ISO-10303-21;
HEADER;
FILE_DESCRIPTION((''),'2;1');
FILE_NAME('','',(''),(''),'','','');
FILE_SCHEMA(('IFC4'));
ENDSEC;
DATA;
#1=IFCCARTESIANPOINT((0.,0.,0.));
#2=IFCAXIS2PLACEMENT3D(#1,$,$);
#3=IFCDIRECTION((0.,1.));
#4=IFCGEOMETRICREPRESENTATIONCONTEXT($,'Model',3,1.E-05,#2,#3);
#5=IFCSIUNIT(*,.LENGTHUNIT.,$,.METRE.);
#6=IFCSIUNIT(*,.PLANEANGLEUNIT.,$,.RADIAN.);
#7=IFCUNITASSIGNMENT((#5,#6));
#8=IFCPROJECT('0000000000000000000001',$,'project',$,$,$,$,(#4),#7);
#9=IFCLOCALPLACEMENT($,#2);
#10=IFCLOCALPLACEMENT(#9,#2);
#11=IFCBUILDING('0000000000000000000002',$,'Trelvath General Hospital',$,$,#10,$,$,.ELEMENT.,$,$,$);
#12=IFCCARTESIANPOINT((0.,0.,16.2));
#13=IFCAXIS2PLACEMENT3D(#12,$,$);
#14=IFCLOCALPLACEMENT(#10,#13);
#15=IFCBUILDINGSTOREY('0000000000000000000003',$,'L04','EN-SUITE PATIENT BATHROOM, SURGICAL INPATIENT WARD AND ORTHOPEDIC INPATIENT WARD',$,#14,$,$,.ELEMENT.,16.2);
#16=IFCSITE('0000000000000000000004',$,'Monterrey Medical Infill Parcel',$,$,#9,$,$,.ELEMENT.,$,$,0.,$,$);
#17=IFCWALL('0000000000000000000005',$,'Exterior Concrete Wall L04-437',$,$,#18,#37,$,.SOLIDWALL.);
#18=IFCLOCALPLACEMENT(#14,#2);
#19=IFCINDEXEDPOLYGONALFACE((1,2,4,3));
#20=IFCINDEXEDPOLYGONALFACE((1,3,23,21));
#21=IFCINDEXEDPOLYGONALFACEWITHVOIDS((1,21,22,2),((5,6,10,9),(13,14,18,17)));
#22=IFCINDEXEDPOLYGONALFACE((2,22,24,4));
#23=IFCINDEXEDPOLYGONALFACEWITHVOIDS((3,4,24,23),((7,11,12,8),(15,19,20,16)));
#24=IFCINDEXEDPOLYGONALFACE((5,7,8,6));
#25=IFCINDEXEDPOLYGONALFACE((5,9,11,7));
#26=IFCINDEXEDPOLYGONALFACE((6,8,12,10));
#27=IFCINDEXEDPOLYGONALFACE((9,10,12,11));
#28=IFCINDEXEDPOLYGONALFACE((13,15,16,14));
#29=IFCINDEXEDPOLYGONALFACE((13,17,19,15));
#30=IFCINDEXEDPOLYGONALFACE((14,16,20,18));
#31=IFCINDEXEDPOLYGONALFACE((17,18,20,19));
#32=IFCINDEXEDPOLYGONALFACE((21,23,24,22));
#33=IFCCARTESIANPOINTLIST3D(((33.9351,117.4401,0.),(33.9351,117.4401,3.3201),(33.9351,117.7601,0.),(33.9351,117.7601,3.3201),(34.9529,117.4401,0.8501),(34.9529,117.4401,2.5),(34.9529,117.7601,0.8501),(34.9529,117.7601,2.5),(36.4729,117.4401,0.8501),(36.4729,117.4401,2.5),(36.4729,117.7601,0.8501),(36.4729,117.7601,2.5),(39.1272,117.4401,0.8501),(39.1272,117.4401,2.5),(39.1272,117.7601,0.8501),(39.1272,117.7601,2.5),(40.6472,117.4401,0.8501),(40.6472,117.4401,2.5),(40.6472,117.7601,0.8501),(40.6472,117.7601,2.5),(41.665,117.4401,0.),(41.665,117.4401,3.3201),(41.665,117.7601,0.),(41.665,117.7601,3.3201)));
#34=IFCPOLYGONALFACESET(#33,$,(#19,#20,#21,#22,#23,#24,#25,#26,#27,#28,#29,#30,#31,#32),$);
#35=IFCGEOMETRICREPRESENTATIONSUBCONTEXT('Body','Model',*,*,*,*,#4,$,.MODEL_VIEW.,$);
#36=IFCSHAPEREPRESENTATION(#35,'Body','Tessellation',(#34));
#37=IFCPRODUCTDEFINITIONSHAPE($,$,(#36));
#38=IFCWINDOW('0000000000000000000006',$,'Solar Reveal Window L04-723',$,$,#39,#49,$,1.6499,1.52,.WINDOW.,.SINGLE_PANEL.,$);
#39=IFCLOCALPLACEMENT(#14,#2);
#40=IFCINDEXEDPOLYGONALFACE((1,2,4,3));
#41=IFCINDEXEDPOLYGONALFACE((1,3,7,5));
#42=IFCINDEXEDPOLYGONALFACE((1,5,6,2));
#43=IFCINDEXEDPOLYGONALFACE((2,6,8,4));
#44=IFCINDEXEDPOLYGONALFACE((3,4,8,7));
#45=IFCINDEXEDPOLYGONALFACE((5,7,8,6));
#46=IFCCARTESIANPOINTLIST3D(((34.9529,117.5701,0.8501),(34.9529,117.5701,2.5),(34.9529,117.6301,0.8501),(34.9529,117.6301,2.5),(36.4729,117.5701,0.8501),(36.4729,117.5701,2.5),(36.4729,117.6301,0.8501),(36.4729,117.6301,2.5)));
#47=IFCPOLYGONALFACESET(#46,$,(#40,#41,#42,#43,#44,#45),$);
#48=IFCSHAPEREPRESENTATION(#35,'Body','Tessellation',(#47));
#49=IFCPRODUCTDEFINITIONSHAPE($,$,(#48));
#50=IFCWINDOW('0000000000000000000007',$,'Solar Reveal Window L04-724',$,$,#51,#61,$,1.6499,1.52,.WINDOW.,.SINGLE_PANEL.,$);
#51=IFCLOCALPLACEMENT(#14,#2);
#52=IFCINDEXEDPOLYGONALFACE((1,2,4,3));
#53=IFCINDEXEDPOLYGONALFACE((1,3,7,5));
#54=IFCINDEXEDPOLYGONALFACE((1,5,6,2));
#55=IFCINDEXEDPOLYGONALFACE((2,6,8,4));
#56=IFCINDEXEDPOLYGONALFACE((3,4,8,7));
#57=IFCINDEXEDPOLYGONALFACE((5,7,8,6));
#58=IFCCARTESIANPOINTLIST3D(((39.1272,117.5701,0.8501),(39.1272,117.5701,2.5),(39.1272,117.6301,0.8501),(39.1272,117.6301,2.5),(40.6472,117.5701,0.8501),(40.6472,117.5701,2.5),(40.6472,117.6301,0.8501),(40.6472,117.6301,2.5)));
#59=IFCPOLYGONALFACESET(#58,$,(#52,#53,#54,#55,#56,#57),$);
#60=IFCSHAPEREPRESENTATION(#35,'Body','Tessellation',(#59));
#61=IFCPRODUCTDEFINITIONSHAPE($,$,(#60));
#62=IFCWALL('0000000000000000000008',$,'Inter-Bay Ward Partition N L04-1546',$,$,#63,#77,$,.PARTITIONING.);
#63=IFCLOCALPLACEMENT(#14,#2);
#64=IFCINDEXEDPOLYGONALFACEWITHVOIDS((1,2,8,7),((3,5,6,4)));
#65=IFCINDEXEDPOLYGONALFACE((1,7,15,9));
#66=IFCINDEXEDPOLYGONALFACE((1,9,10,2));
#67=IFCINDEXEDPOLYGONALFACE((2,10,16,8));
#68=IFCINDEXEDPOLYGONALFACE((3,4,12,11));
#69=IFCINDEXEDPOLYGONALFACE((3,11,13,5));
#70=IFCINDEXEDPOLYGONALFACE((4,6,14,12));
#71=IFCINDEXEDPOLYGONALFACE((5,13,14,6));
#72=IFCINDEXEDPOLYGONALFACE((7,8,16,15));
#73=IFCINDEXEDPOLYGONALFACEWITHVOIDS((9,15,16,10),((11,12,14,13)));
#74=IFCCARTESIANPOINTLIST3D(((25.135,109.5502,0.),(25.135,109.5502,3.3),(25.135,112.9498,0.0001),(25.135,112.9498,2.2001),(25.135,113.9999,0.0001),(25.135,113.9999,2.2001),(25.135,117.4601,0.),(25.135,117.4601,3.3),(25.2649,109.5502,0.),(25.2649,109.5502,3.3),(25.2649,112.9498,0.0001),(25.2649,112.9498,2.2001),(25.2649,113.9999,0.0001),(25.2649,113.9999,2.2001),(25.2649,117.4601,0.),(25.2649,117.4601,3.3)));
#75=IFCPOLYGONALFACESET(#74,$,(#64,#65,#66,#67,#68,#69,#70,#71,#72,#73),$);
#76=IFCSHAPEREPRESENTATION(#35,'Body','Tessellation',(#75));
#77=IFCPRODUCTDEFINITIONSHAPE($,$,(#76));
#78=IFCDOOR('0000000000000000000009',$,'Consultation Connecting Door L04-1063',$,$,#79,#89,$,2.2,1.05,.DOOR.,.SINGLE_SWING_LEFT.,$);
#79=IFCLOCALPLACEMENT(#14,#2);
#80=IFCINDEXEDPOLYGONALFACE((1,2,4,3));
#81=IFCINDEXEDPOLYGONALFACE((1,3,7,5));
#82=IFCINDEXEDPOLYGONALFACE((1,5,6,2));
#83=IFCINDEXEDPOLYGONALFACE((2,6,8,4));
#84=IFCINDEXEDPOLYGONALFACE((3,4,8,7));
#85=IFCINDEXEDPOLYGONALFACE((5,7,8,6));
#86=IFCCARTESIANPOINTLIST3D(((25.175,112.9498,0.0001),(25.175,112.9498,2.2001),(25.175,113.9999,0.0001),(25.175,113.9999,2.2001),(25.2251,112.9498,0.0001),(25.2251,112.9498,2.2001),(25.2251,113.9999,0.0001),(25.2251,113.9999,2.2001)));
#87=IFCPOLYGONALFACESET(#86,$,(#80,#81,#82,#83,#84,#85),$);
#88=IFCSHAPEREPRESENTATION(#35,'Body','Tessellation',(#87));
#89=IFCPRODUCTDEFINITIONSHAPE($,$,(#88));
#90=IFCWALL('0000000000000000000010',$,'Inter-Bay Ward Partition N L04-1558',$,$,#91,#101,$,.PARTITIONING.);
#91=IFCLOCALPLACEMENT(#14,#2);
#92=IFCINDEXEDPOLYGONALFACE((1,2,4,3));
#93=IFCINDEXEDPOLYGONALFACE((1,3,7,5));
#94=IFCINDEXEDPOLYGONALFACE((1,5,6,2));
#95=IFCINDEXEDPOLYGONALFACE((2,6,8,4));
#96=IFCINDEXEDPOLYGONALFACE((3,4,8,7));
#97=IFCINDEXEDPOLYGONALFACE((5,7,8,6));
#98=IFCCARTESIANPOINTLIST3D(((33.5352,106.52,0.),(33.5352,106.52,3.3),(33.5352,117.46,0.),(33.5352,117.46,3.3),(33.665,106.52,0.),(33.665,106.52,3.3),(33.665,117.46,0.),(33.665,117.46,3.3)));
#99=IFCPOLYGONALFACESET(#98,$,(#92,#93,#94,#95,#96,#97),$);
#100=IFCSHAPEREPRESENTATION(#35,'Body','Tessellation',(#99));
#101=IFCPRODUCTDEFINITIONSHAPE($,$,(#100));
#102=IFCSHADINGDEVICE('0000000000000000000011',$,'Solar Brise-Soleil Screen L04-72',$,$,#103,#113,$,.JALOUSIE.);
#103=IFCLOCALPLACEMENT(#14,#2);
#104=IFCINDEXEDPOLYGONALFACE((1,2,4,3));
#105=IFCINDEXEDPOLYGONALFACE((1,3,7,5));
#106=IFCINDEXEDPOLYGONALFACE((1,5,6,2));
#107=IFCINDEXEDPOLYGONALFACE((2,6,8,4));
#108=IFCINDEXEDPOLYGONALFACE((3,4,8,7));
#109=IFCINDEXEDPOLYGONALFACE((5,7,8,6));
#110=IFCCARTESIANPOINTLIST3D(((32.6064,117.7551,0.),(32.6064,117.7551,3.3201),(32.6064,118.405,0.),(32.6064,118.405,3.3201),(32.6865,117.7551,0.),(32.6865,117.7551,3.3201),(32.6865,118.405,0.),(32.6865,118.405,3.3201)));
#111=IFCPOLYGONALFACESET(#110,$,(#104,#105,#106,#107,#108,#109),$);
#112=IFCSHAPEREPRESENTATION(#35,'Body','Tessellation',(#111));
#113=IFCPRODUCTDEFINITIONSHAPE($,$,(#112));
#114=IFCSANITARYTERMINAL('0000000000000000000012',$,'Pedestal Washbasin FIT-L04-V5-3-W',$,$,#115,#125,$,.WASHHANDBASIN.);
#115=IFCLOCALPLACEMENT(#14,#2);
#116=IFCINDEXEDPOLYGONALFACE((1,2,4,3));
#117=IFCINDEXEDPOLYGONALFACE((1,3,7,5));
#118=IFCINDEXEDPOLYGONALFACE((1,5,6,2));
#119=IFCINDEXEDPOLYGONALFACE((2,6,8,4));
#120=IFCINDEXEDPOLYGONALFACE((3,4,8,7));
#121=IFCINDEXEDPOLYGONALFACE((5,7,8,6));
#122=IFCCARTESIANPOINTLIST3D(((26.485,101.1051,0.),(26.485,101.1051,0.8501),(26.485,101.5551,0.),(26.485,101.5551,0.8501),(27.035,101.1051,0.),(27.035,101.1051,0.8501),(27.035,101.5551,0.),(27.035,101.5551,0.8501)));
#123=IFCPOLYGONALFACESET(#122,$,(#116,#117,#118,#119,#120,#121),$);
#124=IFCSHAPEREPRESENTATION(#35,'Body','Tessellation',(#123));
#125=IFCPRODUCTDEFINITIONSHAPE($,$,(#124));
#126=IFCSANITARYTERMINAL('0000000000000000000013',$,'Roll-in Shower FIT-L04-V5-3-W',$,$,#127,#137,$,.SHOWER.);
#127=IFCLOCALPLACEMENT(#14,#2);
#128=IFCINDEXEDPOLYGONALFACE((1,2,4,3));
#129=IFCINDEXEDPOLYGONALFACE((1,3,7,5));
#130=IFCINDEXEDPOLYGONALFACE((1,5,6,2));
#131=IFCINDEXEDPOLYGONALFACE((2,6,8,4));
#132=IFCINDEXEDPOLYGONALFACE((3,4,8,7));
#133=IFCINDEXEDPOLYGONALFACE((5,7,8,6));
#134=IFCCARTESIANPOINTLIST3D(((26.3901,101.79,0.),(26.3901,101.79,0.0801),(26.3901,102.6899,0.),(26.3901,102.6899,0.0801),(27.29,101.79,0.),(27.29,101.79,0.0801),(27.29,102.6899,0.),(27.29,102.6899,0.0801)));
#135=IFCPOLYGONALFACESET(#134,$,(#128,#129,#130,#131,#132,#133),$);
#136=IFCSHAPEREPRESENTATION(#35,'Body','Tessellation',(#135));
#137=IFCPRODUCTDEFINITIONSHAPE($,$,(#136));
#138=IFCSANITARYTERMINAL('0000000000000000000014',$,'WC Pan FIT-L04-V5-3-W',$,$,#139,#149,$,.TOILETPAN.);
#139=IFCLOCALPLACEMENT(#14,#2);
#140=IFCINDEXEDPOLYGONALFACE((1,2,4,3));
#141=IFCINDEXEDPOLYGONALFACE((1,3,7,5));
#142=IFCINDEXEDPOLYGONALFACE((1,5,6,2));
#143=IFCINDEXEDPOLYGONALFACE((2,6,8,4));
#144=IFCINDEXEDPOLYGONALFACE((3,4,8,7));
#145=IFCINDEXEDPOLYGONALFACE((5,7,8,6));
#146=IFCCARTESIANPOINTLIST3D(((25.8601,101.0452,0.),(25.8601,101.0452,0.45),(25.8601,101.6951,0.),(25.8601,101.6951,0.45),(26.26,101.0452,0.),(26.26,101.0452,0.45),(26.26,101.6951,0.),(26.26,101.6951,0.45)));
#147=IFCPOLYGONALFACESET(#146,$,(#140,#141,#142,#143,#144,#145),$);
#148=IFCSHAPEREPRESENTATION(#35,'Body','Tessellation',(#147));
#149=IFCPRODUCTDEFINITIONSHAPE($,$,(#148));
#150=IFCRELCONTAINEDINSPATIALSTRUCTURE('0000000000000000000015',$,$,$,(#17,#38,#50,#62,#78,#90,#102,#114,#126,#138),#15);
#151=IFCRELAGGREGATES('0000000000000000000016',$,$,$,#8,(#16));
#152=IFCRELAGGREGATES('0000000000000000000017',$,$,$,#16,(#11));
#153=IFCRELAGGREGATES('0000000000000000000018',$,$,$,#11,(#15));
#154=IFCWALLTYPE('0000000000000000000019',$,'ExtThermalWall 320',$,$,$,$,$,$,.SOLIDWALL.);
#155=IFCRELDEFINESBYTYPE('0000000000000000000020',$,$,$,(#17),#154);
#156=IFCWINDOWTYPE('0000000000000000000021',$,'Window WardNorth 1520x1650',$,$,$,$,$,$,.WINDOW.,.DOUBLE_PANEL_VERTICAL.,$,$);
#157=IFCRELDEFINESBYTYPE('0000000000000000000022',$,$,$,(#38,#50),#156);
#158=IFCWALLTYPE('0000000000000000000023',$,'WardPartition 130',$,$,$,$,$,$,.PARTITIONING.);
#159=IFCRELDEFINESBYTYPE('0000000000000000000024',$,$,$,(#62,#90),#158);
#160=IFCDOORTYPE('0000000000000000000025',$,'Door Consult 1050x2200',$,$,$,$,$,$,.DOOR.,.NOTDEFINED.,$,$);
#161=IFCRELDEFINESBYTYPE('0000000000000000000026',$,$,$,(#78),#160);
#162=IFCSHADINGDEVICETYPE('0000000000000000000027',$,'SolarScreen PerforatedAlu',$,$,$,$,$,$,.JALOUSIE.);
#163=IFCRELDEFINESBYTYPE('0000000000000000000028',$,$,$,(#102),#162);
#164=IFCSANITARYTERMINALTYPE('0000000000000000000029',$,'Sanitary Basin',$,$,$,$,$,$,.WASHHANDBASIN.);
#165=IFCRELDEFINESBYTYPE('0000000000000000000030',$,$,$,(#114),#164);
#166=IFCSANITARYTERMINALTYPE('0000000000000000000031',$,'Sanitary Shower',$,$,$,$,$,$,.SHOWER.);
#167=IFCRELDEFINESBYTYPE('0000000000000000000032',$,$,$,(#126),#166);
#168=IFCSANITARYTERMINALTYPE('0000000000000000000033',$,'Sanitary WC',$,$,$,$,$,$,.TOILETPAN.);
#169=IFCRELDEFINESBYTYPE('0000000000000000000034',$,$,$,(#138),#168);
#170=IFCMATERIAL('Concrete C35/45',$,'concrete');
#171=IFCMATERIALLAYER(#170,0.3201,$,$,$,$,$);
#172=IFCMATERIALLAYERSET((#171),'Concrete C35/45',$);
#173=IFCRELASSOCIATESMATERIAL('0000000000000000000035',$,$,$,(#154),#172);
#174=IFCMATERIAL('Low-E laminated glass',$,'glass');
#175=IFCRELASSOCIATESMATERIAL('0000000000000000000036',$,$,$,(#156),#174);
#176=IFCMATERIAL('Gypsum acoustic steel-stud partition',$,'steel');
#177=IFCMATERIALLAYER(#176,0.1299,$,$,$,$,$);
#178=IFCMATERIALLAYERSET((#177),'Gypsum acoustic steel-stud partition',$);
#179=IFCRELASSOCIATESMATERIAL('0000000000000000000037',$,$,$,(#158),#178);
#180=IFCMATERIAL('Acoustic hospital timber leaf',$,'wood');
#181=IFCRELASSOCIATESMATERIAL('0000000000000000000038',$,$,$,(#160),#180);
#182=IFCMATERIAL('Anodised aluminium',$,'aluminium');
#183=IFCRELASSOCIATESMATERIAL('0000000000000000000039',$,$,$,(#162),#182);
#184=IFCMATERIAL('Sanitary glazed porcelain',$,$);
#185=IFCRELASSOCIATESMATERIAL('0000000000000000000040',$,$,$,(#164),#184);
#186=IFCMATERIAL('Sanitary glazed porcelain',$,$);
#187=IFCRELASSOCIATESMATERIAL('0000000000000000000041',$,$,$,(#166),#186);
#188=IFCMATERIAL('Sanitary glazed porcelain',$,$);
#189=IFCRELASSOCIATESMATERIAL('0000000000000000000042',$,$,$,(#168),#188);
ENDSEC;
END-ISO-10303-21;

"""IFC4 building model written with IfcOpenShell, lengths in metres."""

from ifc_helpers import new_model, si_unit, direction, frame, frame_2d, origin, origin_2d, place, context, subcontext, project, spatial, rectangle, extrude, material, layer, layer_set, type_object, element, fill, save


model = new_model("IFC4")

# Units and contexts
model_context = context("Model", 3, precision=1e-05, world=origin(), true_north=direction((0.0, 1.0)))
body_context = subcontext(model_context, "Body", "Model", "MODEL_VIEW")
ifc_project = project(units=[si_unit("LENGTHUNIT", "METRE"), si_unit("PLANEANGLEUNIT", "RADIAN")], contexts=[model_context])

# Site, building, storey
site_placement = place(None, origin())
site = spatial("IfcSite", under=ifc_project, at=site_placement, Name="Monterrey Medical Infill Parcel", CompositionType="ELEMENT", RefElevation=0.0)
building_placement = place(site_placement, origin())
building = spatial("IfcBuilding", under=site, at=building_placement, Name="Trelvath General Hospital", CompositionType="ELEMENT")
storey_placement = place(building_placement, frame((0.0, 0.0, 16.2)))
storey = spatial("IfcBuildingStorey", under=building, at=storey_placement, Name="L04", Description="EN-SUITE PATIENT BATHROOM, SURGICAL INPATIENT WARD AND ORTHOPEDIC INPATIENT WARD", CompositionType="ELEMENT", Elevation=16.2)

# Wall, openings, windows
ifc_material_1 = material(Name="Concrete C35/45", Category="concrete")
ifc_layer_1 = layer(ifc_material_1, 0.3201)
ifc_layer_set_1 = layer_set([ifc_layer_1], Name="Concrete C35/45")
wall_type_1 = type_object("IfcWallType", Name="ExtThermalWall 320", PredefinedType="SOLIDWALL", material=ifc_layer_set_1)
wall_1_placement = place(storey_placement, frame((33.9351, 117.6001, 0.0), z_axis=(0.0, 0.0, 1.0), x_axis=(1.0, 0.0, 0.0)))
wall_1 = element("IfcWall", 1, at=wall_1_placement, inside=storey, type_object=wall_type_1, Name="Exterior Concrete Wall L04-437", PredefinedType="SOLIDWALL", context=body_context, shape_type="SweptSolid", body=[
    extrude(rectangle(XDim=7.73, YDim=0.3201, at=frame_2d((3.865, 0.0))), origin(), (0.0, 0.0, 1.0), 3.3201),
])
opening_1_placement = place(wall_1_placement, frame((1.0178, 0.0, 0.8501)))
opening_1 = element("IfcOpeningElement", 2, at=opening_1_placement, cuts=wall_1, PredefinedType="OPENING", context=body_context, shape_type="SweptSolid", body=[
    extrude(rectangle(XDim=1.52, YDim=1.6499, at=frame_2d((0.76, 0.825))), frame((0.0, 0.1699, 0.0), z_axis=(0.0, -1.0, 0.0), x_axis=(1.0, 0.0, 0.0)), (0.0, 0.0, 1.0), 0.3401),
])
opening_2_placement = place(wall_1_placement, frame((5.1921, 0.0, 0.8501)))
opening_2 = element("IfcOpeningElement", 3, at=opening_2_placement, cuts=wall_1, PredefinedType="OPENING", context=body_context, shape_type="SweptSolid", body=[
    extrude(rectangle(XDim=1.52, YDim=1.6499, at=frame_2d((0.76, 0.825))), frame((0.0, 0.1699, 0.0), z_axis=(0.0, -1.0, 0.0), x_axis=(1.0, 0.0, 0.0)), (0.0, 0.0, 1.0), 0.3401),
])
ifc_material_2 = material(Name="Low-E laminated glass", Category="glass")
window_type_1 = type_object("IfcWindowType", Name="Window WardNorth 1520x1650", PartitioningType="DOUBLE_PANEL_VERTICAL", PredefinedType="WINDOW", material=ifc_material_2)
window_1_placement = place(opening_1_placement, origin())
window_1 = element("IfcWindow", 4, at=window_1_placement, inside=storey, type_object=window_type_1, Name="Solar Reveal Window L04-723", OverallHeight=1.6499, OverallWidth=1.52, PartitioningType="SINGLE_PANEL", PredefinedType="WINDOW", context=body_context, shape_type="SweptSolid", body=[
    extrude(rectangle(XDim=1.52, YDim=1.6499, at=frame_2d((0.76, 0.825))), frame((0.0, 0.03, 0.0), z_axis=(0.0, -1.0, 0.0), x_axis=(1.0, 0.0, 0.0)), (0.0, 0.0, 1.0), 0.0601),
])
fill(opening_1, window_1)
window_2_placement = place(opening_2_placement, origin())
window_2 = element("IfcWindow", 5, at=window_2_placement, inside=storey, type_object=window_type_1, Name="Solar Reveal Window L04-724", OverallHeight=1.6499, OverallWidth=1.52, PartitioningType="SINGLE_PANEL", PredefinedType="WINDOW", context=body_context, shape_type="SweptSolid", body=[
    extrude(rectangle(XDim=1.52, YDim=1.6499, at=frame_2d((0.76, 0.825))), frame((0.0, 0.03, 0.0), z_axis=(0.0, -1.0, 0.0), x_axis=(1.0, 0.0, 0.0)), (0.0, 0.0, 1.0), 0.0601),
])
fill(opening_2, window_2)

# Wall, opening, door
ifc_material_3 = material(Name="Gypsum acoustic steel-stud partition", Category="steel")
ifc_layer_2 = layer(ifc_material_3, 0.1299)
ifc_layer_set_2 = layer_set([ifc_layer_2], Name="Gypsum acoustic steel-stud partition")
wall_type_2 = type_object("IfcWallType", Name="WardPartition 130", PredefinedType="PARTITIONING", material=ifc_layer_set_2)
wall_2_placement = place(storey_placement, frame((25.2, 109.55, 0.0), z_axis=(0.0, 0.0, 1.0), x_axis=(0.0, 1.0, 0.0)))
wall_2 = element("IfcWall", 6, at=wall_2_placement, inside=storey, type_object=wall_type_2, Name="Inter-Bay Ward Partition N L04-1546", PredefinedType="PARTITIONING", context=body_context, shape_type="SweptSolid", body=[
    extrude(rectangle(XDim=7.9099, YDim=0.1299, at=frame_2d((3.9551, 0.0))), origin(), (0.0, 0.0, 1.0), 3.3),
])
opening_3_placement = place(wall_2_placement, frame((3.3999, 0.0, 0.0)))
opening_3 = element("IfcOpeningElement", 7, at=opening_3_placement, cuts=wall_2, PredefinedType="OPENING", context=body_context, shape_type="SweptSolid", body=[
    extrude(rectangle(XDim=1.05, YDim=2.2, at=frame_2d((0.5249, 1.1001))), frame((0.0, 0.075, 0.0), z_axis=(0.0, -1.0, 0.0), x_axis=(1.0, 0.0, 0.0)), (0.0, 0.0, 1.0), 0.1499),
])
ifc_material_4 = material(Name="Acoustic hospital timber leaf", Category="wood")
door_type_1 = type_object("IfcDoorType", Name="Door Consult 1050x2200", OperationType="NOTDEFINED", PredefinedType="DOOR", material=ifc_material_4)
door_1_placement = place(opening_3_placement, origin())
door_1 = element("IfcDoor", 8, at=door_1_placement, inside=storey, type_object=door_type_1, Name="Consultation Connecting Door L04-1063", OperationType="SINGLE_SWING_LEFT", OverallHeight=2.2, OverallWidth=1.05, PredefinedType="DOOR", context=body_context, shape_type="SweptSolid", body=[
    extrude(rectangle(XDim=1.05, YDim=2.2, at=frame_2d((0.5249, 1.1001))), frame((0.0, 0.0249, 0.0), z_axis=(0.0, -1.0, 0.0), x_axis=(1.0, 0.0, 0.0)), (0.0, 0.0, 1.0), 0.05),
])
fill(opening_3, door_1)

# Wall
wall_3_placement = place(storey_placement, frame((33.6001, 106.52, 0.0), z_axis=(0.0, 0.0, 1.0), x_axis=(0.0, 1.0, 0.0)))
element("IfcWall", 9, at=wall_3_placement, inside=storey, type_object=wall_type_2, Name="Inter-Bay Ward Partition N L04-1558", PredefinedType="PARTITIONING", context=body_context, shape_type="SweptSolid", body=[
    extrude(rectangle(XDim=10.9399, YDim=0.1299, at=frame_2d((5.47, 0.0))), origin(), (0.0, 0.0, 1.0), 3.3),
])

# Shading device
ifc_material_5 = material(Name="Anodised aluminium", Category="aluminium")
shading_device_type = type_object("IfcShadingDeviceType", Name="SolarScreen PerforatedAlu", PredefinedType="JALOUSIE", material=ifc_material_5)
shading_device_placement = place(storey_placement, frame((32.6465, 118.0801, 0.0), z_axis=(0.0, 0.0, 1.0), x_axis=(0.0, 1.0, 0.0)))
element("IfcShadingDevice", 10, at=shading_device_placement, inside=storey, type_object=shading_device_type, Name="Solar Brise-Soleil Screen L04-72", PredefinedType="JALOUSIE", context=body_context, shape_type="SweptSolid", body=[
    extrude(rectangle(XDim=0.6499, YDim=0.0801, at=origin_2d()), origin(), (0.0, 0.0, 1.0), 3.3201),
])

# Sanitary terminals
ifc_material_6 = material(Name="Sanitary glazed porcelain")
sanitary_terminal_type_1 = type_object("IfcSanitaryTerminalType", Name="Sanitary Basin", PredefinedType="WASHHANDBASIN", material=ifc_material_6)
sanitary_terminal_1_placement = place(storey_placement, frame((26.76, 101.3301, 0.0), z_axis=(0.0, 0.0, 1.0), x_axis=(1.0, 0.0, 0.0)))
element("IfcSanitaryTerminal", 11, at=sanitary_terminal_1_placement, inside=storey, type_object=sanitary_terminal_type_1, Name="Pedestal Washbasin FIT-L04-V5-3-W", PredefinedType="WASHHANDBASIN", context=body_context, shape_type="SweptSolid", body=[
    extrude(rectangle(XDim=0.55, YDim=0.45, at=origin_2d()), origin(), (0.0, 0.0, 1.0), 0.8501),
])
ifc_material_7 = material(Name="Sanitary glazed porcelain")
sanitary_terminal_type_2 = type_object("IfcSanitaryTerminalType", Name="Sanitary Shower", PredefinedType="SHOWER", material=ifc_material_7)
sanitary_terminal_2_placement = place(storey_placement, frame((26.8401, 102.24, 0.0), z_axis=(0.0, 0.0, 1.0), x_axis=(1.0, 0.0, 0.0)))
element("IfcSanitaryTerminal", 12, at=sanitary_terminal_2_placement, inside=storey, type_object=sanitary_terminal_type_2, Name="Roll-in Shower FIT-L04-V5-3-W", PredefinedType="SHOWER", context=body_context, shape_type="SweptSolid", body=[
    extrude(rectangle(XDim=0.8999, YDim=0.8999, at=origin_2d()), origin(), (0.0, 0.0, 1.0), 0.0801),
])
ifc_material_8 = material(Name="Sanitary glazed porcelain")
sanitary_terminal_type_3 = type_object("IfcSanitaryTerminalType", Name="Sanitary WC", PredefinedType="TOILETPAN", material=ifc_material_8)
sanitary_terminal_3_placement = place(storey_placement, frame((26.0601, 101.3701, 0.0), z_axis=(0.0, 0.0, 1.0), x_axis=(1.0, 0.0, 0.0)))
element("IfcSanitaryTerminal", 13, at=sanitary_terminal_3_placement, inside=storey, type_object=sanitary_terminal_type_3, Name="WC Pan FIT-L04-V5-3-W", PredefinedType="TOILETPAN", context=body_context, shape_type="SweptSolid", body=[
    extrude(rectangle(XDim=0.3999, YDim=0.6499, at=origin_2d()), origin(), (0.0, 0.0, 1.0), 0.45),
])

save(model, "model.ifc")
